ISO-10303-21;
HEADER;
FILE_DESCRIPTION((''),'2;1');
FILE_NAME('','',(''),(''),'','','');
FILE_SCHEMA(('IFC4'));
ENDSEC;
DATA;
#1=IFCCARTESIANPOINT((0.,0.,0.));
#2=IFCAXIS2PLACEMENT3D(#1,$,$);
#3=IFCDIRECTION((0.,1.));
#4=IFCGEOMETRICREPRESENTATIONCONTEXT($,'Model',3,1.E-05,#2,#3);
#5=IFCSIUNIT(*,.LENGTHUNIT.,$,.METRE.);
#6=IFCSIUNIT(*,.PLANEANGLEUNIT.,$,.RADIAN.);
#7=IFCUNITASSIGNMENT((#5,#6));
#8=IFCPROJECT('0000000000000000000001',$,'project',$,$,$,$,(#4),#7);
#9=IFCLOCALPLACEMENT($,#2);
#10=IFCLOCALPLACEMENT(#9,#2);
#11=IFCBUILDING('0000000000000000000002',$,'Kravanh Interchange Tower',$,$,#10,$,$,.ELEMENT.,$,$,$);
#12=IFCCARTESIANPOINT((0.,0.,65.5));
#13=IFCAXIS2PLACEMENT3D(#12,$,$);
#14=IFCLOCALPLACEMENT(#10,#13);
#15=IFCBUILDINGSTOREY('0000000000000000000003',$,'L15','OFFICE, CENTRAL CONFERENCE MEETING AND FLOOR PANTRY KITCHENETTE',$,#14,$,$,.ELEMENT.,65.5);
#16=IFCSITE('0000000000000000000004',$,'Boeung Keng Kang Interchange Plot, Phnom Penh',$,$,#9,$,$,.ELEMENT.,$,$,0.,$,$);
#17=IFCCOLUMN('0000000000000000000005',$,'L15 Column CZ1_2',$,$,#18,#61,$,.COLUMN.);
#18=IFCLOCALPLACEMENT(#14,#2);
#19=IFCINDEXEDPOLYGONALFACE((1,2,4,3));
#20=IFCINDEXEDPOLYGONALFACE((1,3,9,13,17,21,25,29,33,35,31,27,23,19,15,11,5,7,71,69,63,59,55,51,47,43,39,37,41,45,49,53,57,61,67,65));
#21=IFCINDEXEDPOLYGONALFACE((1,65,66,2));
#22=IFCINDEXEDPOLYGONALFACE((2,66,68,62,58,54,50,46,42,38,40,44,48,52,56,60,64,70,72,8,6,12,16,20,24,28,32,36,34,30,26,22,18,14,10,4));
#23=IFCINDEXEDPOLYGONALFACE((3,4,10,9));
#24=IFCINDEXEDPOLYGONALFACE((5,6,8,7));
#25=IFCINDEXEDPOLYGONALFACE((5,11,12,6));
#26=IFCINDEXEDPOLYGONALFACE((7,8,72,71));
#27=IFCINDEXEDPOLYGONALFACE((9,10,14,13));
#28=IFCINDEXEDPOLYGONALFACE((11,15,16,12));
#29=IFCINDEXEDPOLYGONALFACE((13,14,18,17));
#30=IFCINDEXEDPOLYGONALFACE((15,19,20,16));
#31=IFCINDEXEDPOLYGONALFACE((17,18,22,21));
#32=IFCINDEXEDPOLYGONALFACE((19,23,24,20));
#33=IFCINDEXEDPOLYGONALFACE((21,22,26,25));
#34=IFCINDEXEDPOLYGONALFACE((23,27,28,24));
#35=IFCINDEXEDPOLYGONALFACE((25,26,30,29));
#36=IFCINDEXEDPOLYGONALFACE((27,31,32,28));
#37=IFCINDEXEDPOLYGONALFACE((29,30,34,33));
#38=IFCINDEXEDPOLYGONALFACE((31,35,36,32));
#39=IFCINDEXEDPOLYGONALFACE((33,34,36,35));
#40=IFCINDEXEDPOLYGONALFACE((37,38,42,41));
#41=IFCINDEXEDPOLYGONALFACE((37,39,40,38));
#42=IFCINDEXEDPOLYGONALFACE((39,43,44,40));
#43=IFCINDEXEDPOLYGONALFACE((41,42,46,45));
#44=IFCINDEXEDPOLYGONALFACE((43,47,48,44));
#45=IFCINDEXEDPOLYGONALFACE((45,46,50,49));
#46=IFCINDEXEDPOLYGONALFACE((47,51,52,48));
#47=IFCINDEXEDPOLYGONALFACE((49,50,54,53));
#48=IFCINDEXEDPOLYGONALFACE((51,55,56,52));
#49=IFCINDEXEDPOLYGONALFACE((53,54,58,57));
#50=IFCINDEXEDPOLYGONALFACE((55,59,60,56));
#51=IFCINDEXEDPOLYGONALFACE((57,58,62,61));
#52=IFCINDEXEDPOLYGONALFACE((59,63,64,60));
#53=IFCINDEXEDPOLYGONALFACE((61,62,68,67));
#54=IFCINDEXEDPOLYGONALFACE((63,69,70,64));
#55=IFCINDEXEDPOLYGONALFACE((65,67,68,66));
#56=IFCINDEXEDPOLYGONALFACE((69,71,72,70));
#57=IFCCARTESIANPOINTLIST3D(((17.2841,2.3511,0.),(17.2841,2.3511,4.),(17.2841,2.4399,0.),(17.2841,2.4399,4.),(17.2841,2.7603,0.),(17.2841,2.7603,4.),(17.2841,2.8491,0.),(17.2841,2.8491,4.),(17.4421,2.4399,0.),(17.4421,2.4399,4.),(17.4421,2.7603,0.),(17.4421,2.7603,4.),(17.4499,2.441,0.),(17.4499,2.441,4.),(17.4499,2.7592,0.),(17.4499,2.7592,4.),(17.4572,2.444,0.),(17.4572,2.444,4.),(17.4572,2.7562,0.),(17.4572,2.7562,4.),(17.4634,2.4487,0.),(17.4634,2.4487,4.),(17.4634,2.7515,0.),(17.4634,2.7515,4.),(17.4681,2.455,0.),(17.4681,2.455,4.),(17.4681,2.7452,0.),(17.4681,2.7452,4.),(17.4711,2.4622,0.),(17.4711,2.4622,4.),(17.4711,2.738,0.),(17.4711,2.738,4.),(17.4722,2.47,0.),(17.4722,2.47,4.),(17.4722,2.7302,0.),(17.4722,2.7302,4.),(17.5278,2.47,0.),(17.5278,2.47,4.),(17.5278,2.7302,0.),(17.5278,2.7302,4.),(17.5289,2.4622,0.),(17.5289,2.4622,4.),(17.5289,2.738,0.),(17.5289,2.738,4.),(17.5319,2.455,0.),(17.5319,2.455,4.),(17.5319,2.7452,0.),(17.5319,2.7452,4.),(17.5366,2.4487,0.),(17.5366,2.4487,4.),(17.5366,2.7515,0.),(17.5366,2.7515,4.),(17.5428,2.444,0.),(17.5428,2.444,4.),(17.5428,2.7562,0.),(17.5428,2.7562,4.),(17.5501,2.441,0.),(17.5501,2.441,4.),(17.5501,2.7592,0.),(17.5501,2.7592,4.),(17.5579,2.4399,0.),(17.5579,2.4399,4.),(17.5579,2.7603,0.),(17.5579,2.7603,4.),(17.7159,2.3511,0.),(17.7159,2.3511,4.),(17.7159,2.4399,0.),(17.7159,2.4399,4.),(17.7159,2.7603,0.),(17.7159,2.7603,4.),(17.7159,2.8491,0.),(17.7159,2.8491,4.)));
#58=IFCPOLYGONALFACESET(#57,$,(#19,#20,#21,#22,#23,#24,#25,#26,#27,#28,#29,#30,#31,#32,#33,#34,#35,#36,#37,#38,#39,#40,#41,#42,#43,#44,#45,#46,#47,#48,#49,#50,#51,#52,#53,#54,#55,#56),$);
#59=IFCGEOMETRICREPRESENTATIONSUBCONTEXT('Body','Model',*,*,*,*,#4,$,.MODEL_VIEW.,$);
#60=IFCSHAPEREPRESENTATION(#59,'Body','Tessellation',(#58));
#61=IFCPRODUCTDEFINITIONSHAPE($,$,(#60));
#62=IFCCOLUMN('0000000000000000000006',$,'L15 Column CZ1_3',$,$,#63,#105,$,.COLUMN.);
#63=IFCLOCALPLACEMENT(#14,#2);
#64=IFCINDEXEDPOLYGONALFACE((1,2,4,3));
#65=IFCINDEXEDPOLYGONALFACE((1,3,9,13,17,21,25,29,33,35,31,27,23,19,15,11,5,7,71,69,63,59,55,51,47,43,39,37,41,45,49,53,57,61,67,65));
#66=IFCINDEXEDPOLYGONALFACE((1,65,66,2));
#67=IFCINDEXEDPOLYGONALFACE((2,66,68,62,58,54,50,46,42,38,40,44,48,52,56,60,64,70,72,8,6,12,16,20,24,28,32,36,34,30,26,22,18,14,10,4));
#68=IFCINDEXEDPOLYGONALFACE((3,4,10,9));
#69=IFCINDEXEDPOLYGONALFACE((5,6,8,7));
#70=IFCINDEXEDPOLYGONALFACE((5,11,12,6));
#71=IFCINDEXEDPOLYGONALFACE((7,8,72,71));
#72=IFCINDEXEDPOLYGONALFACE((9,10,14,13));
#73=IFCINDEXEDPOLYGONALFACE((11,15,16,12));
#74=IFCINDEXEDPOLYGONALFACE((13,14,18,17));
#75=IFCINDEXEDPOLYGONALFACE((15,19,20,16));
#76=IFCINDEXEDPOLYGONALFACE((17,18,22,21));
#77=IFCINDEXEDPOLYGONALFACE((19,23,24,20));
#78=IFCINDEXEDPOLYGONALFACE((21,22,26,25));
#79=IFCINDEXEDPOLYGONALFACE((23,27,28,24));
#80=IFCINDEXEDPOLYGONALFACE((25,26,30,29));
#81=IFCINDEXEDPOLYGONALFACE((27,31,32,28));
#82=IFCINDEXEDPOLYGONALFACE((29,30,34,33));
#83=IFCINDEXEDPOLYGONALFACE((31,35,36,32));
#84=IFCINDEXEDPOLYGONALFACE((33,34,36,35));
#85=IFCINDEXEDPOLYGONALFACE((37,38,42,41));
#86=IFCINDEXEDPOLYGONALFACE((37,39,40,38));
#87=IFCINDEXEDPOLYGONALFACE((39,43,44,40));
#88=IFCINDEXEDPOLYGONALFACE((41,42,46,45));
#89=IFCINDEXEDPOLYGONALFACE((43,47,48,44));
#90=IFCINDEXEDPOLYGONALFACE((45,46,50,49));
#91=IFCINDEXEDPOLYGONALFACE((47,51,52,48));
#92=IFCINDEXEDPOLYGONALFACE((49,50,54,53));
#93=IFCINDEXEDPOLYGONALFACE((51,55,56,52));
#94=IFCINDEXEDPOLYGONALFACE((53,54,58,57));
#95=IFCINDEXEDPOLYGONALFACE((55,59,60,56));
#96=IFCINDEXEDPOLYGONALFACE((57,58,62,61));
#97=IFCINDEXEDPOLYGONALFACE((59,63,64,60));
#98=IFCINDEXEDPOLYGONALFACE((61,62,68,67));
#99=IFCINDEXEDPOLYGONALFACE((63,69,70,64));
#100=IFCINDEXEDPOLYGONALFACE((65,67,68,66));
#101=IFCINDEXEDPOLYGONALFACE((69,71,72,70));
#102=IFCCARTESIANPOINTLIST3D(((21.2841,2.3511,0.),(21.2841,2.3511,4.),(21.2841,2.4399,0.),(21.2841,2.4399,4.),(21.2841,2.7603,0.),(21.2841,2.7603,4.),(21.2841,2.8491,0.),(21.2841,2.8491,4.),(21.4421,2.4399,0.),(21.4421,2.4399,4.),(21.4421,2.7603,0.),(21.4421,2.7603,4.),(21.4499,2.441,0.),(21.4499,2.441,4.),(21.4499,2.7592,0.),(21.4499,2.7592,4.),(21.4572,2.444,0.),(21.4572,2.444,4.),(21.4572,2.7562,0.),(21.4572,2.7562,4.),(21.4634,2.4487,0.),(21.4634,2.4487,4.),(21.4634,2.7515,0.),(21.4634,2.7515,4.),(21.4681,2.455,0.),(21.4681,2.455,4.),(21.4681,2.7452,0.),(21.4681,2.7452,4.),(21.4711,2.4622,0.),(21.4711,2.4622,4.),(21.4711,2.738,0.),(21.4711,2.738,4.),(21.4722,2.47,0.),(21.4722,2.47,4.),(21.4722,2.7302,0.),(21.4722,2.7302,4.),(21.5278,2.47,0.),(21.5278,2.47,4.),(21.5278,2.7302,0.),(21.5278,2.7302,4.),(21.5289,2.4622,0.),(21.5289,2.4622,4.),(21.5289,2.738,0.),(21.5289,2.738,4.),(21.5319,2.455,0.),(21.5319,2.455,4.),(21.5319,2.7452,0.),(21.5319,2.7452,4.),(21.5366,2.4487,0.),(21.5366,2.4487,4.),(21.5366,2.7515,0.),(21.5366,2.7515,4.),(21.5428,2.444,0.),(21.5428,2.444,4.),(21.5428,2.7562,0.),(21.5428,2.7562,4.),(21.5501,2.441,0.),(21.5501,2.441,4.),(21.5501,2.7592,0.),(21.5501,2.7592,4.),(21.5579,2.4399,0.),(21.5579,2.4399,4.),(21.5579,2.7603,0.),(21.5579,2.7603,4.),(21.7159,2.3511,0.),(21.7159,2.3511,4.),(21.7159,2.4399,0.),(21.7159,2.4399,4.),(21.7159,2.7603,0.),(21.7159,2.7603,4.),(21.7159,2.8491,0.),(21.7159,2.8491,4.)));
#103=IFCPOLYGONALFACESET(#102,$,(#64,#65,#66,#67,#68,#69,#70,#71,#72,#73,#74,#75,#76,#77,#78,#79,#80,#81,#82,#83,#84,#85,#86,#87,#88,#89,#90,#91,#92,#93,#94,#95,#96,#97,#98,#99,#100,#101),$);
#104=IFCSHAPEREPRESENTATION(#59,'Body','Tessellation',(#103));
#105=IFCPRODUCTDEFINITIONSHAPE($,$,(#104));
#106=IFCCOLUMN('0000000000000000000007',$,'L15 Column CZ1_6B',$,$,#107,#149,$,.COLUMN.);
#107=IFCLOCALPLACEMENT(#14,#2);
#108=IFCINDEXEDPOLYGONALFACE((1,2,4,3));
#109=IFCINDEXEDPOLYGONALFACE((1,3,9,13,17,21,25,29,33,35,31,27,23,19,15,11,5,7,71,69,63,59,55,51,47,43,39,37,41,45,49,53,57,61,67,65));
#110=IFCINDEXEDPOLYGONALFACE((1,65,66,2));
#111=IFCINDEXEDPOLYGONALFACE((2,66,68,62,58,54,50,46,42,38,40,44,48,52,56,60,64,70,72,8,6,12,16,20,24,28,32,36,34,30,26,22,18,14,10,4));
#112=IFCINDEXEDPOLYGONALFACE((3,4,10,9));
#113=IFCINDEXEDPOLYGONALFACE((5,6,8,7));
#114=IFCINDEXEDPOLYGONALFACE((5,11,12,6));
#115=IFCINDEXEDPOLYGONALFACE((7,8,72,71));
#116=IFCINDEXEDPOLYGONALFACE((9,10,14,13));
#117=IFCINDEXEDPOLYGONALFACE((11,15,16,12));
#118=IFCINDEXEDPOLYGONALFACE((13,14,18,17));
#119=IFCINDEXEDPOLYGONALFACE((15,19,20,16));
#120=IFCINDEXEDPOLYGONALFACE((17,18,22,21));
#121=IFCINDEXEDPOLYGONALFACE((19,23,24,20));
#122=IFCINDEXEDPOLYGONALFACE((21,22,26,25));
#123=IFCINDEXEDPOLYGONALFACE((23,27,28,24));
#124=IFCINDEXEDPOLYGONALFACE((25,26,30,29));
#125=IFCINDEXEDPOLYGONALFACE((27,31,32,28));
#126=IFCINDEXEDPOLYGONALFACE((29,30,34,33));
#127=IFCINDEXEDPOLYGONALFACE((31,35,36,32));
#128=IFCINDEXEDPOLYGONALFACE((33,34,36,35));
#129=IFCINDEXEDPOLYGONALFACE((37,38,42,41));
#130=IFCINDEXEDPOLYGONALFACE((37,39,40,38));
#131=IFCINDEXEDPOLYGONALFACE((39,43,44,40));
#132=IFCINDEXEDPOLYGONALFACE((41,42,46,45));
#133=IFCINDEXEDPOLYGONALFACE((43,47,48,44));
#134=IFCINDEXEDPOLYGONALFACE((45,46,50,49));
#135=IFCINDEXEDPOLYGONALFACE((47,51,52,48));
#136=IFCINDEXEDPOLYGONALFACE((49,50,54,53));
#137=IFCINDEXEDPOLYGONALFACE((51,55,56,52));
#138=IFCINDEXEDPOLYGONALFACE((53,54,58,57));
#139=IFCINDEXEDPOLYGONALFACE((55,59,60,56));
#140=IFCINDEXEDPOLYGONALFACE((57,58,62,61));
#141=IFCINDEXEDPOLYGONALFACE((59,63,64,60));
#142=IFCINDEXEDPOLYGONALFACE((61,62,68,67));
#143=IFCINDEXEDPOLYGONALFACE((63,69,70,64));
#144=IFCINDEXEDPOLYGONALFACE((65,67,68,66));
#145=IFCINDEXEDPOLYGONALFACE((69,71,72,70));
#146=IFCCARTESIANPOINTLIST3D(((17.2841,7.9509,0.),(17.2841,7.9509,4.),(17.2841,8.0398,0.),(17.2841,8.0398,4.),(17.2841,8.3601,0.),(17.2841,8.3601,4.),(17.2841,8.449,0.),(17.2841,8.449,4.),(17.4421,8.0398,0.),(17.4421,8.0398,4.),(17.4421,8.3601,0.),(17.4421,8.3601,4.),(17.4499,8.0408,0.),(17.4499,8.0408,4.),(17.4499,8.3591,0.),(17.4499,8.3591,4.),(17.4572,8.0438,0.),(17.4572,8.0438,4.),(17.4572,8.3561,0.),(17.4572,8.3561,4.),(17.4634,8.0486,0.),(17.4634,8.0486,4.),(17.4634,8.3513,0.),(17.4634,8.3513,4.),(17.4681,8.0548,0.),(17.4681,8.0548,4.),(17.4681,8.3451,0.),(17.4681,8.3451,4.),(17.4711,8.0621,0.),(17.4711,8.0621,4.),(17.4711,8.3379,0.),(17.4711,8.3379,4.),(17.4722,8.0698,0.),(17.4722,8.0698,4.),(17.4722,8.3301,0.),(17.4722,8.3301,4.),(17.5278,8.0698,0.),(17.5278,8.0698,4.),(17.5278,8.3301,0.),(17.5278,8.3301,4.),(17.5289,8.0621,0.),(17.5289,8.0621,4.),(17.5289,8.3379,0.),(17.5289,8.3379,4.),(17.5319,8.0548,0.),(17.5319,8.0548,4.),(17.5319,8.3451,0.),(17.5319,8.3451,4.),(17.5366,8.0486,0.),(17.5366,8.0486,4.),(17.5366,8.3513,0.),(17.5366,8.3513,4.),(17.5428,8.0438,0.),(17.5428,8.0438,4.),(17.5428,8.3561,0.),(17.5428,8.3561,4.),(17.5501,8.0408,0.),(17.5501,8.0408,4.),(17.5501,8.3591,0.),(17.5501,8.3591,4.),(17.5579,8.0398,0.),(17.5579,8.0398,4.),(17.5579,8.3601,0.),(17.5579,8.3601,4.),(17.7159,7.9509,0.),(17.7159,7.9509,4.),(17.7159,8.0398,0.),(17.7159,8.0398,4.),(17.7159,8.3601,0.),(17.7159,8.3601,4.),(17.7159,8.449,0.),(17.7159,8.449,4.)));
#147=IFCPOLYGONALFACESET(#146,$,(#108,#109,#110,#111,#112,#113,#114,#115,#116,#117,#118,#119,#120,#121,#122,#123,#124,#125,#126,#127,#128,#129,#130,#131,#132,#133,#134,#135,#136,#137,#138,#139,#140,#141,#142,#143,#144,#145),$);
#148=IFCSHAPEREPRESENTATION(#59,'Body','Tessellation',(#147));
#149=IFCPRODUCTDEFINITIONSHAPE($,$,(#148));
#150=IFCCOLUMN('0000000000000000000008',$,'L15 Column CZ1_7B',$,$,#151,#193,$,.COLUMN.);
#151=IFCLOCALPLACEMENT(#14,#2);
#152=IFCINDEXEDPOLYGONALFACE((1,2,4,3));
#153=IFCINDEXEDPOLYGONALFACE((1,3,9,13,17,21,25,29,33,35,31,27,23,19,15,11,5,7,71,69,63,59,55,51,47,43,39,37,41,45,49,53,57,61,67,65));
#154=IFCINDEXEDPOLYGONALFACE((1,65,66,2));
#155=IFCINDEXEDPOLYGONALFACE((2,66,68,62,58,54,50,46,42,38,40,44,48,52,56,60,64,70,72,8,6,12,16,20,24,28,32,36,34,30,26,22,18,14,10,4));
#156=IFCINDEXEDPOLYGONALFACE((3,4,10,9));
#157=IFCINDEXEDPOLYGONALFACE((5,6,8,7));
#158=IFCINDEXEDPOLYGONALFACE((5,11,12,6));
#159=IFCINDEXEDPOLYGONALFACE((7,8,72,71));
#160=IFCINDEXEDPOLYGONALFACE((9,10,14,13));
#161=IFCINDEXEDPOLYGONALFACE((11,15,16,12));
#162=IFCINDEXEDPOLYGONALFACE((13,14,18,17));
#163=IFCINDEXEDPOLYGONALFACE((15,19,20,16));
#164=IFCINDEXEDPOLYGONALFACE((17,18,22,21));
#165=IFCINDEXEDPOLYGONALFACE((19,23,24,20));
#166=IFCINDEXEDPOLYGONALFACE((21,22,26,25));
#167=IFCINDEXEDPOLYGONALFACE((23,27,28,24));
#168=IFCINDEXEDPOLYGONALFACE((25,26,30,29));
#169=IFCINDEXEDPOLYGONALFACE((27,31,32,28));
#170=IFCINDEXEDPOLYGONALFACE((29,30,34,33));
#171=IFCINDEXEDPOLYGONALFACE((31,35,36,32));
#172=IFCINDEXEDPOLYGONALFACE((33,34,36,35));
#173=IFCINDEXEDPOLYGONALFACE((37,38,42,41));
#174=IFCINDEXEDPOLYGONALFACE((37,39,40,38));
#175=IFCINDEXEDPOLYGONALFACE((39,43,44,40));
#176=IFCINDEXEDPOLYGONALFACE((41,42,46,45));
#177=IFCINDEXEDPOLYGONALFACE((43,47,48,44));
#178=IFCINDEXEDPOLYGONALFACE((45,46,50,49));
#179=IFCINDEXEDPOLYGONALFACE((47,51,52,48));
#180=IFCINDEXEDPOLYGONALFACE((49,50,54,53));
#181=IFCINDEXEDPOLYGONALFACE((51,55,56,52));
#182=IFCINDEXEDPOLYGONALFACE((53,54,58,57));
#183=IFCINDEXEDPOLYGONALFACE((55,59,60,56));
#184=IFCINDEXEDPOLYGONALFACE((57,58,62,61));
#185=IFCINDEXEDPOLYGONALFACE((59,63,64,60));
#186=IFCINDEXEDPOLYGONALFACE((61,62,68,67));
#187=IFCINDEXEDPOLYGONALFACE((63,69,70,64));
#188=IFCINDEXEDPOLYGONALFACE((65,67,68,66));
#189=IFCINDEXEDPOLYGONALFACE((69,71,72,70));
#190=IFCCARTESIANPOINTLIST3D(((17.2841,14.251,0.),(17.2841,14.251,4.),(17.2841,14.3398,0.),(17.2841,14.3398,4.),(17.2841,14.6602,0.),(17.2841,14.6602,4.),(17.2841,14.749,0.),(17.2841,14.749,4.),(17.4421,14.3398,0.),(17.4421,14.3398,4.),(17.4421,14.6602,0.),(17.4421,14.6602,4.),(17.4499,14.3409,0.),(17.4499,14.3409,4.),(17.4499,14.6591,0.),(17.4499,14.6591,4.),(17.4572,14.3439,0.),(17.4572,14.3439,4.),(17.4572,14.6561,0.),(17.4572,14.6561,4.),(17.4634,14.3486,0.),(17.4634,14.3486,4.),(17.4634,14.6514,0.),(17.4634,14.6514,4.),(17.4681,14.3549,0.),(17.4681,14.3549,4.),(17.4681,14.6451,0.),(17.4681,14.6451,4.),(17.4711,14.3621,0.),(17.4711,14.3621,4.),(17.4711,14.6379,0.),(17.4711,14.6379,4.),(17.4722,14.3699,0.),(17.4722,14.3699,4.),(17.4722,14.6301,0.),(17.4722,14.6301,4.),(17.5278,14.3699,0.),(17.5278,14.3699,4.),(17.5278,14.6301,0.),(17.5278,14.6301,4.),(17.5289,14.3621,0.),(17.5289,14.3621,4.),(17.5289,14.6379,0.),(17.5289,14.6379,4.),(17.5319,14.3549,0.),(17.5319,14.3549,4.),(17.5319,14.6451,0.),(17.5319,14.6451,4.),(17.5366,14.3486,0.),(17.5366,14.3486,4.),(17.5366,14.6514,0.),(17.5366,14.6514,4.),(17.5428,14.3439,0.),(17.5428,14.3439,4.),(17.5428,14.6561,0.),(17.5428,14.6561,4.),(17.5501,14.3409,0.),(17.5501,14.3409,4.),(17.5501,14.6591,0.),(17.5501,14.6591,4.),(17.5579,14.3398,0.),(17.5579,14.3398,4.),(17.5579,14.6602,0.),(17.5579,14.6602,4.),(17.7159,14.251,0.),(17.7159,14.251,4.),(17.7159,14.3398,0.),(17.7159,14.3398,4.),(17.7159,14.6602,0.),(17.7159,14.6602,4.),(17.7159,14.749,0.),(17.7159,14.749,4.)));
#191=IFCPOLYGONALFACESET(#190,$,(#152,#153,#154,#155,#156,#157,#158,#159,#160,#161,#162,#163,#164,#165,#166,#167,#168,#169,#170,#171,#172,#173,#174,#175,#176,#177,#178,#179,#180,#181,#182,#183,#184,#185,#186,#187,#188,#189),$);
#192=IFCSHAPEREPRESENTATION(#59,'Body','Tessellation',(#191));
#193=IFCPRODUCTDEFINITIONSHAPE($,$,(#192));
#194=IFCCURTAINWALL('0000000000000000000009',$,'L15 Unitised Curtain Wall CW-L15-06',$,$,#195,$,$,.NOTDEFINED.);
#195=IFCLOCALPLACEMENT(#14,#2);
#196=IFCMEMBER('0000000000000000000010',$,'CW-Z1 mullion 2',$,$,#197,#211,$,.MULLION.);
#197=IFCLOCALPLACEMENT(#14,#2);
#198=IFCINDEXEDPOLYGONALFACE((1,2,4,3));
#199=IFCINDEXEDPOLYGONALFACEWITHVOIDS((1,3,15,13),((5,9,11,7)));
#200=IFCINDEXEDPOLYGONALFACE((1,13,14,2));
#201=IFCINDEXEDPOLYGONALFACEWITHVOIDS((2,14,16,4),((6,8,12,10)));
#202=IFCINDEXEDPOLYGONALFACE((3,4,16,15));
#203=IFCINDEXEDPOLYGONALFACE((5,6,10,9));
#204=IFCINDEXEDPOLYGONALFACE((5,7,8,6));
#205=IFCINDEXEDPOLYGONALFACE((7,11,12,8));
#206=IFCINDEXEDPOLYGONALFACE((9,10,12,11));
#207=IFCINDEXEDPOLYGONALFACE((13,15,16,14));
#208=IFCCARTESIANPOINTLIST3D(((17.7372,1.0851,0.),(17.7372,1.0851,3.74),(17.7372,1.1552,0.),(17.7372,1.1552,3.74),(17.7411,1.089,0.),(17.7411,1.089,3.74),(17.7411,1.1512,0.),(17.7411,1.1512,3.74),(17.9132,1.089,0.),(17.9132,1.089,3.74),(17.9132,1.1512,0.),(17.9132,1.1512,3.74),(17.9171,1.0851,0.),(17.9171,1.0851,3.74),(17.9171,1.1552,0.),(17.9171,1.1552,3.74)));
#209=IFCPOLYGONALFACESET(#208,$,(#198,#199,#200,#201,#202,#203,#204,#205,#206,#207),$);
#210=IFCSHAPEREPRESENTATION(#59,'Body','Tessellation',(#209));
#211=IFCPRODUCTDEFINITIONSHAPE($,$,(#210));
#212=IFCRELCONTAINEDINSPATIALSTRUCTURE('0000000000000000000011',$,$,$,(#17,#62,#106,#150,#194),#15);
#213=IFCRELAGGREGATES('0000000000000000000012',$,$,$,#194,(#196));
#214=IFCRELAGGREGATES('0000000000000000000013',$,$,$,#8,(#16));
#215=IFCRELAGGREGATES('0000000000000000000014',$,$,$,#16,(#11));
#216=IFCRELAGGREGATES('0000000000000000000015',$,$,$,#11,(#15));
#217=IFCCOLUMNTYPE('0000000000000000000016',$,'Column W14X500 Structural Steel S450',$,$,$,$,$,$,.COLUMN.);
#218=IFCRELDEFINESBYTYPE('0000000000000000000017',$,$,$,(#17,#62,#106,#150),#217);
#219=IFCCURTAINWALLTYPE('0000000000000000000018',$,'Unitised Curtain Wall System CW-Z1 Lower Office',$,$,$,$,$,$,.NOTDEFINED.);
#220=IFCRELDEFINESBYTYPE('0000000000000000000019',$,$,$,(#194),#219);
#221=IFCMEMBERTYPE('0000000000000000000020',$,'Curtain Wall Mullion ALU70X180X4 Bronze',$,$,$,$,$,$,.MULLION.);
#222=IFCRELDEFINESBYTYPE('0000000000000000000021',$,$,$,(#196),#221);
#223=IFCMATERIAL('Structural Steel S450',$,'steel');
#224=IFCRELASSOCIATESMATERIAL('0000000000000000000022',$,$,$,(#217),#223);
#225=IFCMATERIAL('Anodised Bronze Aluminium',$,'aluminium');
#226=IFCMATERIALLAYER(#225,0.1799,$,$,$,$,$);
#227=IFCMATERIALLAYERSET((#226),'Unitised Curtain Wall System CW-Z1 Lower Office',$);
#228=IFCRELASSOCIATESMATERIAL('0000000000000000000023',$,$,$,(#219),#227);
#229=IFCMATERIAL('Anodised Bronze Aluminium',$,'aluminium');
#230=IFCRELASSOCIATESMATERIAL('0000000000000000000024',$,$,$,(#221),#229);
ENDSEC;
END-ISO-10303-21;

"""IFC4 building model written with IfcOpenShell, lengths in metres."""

from ifc_helpers import new_model, si_unit, direction, frame, origin, origin_2d, place, context, subcontext, project, spatial, hollow_rectangle, i_section, extrude, material, layer, layer_set, material_profile, profile_set, type_object, element, aggregate, save


model = new_model("IFC4")

# Units and contexts
model_context = context("Model", 3, precision=1e-05, world=origin(), true_north=direction((0.0, 1.0)))
body_context = subcontext(model_context, "Body", "Model", "MODEL_VIEW")
ifc_project = project(units=[si_unit("LENGTHUNIT", "METRE"), si_unit("PLANEANGLEUNIT", "RADIAN")], contexts=[model_context])

# Site, building, storey
site_placement = place(None, origin())
site = spatial("IfcSite", under=ifc_project, at=site_placement, Name="Boeung Keng Kang Interchange Plot, Phnom Penh", CompositionType="ELEMENT", RefElevation=0.0)
building_placement = place(site_placement, origin())
building = spatial("IfcBuilding", under=site, at=building_placement, Name="Kravanh Interchange Tower", CompositionType="ELEMENT")
storey_placement = place(building_placement, frame((0.0, 0.0, 65.5)))
storey = spatial("IfcBuildingStorey", under=building, at=storey_placement, Name="L15", Description="OFFICE, CENTRAL CONFERENCE MEETING AND FLOOR PANTRY KITCHENETTE", CompositionType="ELEMENT", Elevation=65.5)

# Columns
ifc_material_1 = material(Name="Structural Steel S450", Category="steel")
ifc_material_profile_1 = material_profile(ifc_material_1, i_section(OverallWidth=0.4319, OverallDepth=0.498, WebThickness=0.0557, FlangeThickness=0.0889, FilletRadius=0.03, at=origin_2d()), Name="W14X500")
ifc_profile_set_1 = profile_set([ifc_material_profile_1], Name="Structural Steel S450")
column_type = type_object("IfcColumnType", Name="Column W14X500 Structural Steel S450", PredefinedType="COLUMN", material=ifc_profile_set_1)
for number, where, z_axis, x_axis, name in (
    (1, (17.5, 2.6001, 0.0), (0.0, 0.0, 1.0), (1.0, 0.0, 0.0), "L15 Column CZ1_2"),
    (2, (21.5, 2.6001, 0.0), (0.0, 0.0, 1.0), (1.0, 0.0, 0.0), "L15 Column CZ1_3"),
    (3, (17.5, 8.2, 0.0), (0.0, 0.0, 1.0), (1.0, 0.0, 0.0), "L15 Column CZ1_6B"),
    (4, (17.5, 14.5, 0.0), (0.0, 0.0, 1.0), (1.0, 0.0, 0.0), "L15 Column CZ1_7B"),
):
    element("IfcColumn", number, at=place(storey_placement, frame(where, z_axis=z_axis, x_axis=x_axis)), inside=storey, type_object=column_type, Name=name, PredefinedType="COLUMN", context=body_context, shape_type="SweptSolid", body=[
        extrude(i_section(OverallWidth=0.4319, OverallDepth=0.498, WebThickness=0.0557, FlangeThickness=0.0889, FilletRadius=0.03, at=origin_2d()), origin(), (0.0, 0.0, 1.0), 4.0),
    ])

# Curtain wall, member
ifc_material_2 = material(Name="Anodised Bronze Aluminium", Category="aluminium")
ifc_layer_1 = layer(ifc_material_2, 0.1799)
ifc_layer_set_1 = layer_set([ifc_layer_1], Name="Unitised Curtain Wall System CW-Z1 Lower Office")
curtain_wall_type = type_object("IfcCurtainWallType", Name="Unitised Curtain Wall System CW-Z1 Lower Office", PredefinedType="NOTDEFINED", material=ifc_layer_set_1)
curtain_wall_placement = place(storey_placement, origin())
curtain_wall = element("IfcCurtainWall", 5, at=curtain_wall_placement, inside=storey, type_object=curtain_wall_type, Name="L15 Unitised Curtain Wall CW-L15-06", PredefinedType="NOTDEFINED")
ifc_material_3 = material(Name="Anodised Bronze Aluminium", Category="aluminium")
ifc_material_profile_2 = material_profile(ifc_material_3, hollow_rectangle(XDim=0.0701, YDim=0.1799, WallThickness=0.0039, at=origin_2d()), Name="ALU70X180X4")
ifc_profile_set_2 = profile_set([ifc_material_profile_2], Name="Anodised Bronze Aluminium")
member_type_1 = type_object("IfcMemberType", Name="Curtain Wall Mullion ALU70X180X4 Bronze", PredefinedType="MULLION", material=ifc_profile_set_2)
member_1_placement = place(storey_placement, frame((17.8271, 1.1201, 0.0), z_axis=(0.0, 0.0, 1.0), x_axis=(0.0, -1.0, 0.0)))
member_1 = element("IfcMember", 6, at=member_1_placement, type_object=member_type_1, Name="CW-Z1 mullion 2", PredefinedType="MULLION", context=body_context, shape_type="SweptSolid", body=[
    extrude(hollow_rectangle(XDim=0.0701, YDim=0.1799, WallThickness=0.0039, at=origin_2d()), origin(), (0.0, 0.0, 1.0), 3.74),
])

aggregate(curtain_wall, [member_1])

save(model, "model.ifc")
